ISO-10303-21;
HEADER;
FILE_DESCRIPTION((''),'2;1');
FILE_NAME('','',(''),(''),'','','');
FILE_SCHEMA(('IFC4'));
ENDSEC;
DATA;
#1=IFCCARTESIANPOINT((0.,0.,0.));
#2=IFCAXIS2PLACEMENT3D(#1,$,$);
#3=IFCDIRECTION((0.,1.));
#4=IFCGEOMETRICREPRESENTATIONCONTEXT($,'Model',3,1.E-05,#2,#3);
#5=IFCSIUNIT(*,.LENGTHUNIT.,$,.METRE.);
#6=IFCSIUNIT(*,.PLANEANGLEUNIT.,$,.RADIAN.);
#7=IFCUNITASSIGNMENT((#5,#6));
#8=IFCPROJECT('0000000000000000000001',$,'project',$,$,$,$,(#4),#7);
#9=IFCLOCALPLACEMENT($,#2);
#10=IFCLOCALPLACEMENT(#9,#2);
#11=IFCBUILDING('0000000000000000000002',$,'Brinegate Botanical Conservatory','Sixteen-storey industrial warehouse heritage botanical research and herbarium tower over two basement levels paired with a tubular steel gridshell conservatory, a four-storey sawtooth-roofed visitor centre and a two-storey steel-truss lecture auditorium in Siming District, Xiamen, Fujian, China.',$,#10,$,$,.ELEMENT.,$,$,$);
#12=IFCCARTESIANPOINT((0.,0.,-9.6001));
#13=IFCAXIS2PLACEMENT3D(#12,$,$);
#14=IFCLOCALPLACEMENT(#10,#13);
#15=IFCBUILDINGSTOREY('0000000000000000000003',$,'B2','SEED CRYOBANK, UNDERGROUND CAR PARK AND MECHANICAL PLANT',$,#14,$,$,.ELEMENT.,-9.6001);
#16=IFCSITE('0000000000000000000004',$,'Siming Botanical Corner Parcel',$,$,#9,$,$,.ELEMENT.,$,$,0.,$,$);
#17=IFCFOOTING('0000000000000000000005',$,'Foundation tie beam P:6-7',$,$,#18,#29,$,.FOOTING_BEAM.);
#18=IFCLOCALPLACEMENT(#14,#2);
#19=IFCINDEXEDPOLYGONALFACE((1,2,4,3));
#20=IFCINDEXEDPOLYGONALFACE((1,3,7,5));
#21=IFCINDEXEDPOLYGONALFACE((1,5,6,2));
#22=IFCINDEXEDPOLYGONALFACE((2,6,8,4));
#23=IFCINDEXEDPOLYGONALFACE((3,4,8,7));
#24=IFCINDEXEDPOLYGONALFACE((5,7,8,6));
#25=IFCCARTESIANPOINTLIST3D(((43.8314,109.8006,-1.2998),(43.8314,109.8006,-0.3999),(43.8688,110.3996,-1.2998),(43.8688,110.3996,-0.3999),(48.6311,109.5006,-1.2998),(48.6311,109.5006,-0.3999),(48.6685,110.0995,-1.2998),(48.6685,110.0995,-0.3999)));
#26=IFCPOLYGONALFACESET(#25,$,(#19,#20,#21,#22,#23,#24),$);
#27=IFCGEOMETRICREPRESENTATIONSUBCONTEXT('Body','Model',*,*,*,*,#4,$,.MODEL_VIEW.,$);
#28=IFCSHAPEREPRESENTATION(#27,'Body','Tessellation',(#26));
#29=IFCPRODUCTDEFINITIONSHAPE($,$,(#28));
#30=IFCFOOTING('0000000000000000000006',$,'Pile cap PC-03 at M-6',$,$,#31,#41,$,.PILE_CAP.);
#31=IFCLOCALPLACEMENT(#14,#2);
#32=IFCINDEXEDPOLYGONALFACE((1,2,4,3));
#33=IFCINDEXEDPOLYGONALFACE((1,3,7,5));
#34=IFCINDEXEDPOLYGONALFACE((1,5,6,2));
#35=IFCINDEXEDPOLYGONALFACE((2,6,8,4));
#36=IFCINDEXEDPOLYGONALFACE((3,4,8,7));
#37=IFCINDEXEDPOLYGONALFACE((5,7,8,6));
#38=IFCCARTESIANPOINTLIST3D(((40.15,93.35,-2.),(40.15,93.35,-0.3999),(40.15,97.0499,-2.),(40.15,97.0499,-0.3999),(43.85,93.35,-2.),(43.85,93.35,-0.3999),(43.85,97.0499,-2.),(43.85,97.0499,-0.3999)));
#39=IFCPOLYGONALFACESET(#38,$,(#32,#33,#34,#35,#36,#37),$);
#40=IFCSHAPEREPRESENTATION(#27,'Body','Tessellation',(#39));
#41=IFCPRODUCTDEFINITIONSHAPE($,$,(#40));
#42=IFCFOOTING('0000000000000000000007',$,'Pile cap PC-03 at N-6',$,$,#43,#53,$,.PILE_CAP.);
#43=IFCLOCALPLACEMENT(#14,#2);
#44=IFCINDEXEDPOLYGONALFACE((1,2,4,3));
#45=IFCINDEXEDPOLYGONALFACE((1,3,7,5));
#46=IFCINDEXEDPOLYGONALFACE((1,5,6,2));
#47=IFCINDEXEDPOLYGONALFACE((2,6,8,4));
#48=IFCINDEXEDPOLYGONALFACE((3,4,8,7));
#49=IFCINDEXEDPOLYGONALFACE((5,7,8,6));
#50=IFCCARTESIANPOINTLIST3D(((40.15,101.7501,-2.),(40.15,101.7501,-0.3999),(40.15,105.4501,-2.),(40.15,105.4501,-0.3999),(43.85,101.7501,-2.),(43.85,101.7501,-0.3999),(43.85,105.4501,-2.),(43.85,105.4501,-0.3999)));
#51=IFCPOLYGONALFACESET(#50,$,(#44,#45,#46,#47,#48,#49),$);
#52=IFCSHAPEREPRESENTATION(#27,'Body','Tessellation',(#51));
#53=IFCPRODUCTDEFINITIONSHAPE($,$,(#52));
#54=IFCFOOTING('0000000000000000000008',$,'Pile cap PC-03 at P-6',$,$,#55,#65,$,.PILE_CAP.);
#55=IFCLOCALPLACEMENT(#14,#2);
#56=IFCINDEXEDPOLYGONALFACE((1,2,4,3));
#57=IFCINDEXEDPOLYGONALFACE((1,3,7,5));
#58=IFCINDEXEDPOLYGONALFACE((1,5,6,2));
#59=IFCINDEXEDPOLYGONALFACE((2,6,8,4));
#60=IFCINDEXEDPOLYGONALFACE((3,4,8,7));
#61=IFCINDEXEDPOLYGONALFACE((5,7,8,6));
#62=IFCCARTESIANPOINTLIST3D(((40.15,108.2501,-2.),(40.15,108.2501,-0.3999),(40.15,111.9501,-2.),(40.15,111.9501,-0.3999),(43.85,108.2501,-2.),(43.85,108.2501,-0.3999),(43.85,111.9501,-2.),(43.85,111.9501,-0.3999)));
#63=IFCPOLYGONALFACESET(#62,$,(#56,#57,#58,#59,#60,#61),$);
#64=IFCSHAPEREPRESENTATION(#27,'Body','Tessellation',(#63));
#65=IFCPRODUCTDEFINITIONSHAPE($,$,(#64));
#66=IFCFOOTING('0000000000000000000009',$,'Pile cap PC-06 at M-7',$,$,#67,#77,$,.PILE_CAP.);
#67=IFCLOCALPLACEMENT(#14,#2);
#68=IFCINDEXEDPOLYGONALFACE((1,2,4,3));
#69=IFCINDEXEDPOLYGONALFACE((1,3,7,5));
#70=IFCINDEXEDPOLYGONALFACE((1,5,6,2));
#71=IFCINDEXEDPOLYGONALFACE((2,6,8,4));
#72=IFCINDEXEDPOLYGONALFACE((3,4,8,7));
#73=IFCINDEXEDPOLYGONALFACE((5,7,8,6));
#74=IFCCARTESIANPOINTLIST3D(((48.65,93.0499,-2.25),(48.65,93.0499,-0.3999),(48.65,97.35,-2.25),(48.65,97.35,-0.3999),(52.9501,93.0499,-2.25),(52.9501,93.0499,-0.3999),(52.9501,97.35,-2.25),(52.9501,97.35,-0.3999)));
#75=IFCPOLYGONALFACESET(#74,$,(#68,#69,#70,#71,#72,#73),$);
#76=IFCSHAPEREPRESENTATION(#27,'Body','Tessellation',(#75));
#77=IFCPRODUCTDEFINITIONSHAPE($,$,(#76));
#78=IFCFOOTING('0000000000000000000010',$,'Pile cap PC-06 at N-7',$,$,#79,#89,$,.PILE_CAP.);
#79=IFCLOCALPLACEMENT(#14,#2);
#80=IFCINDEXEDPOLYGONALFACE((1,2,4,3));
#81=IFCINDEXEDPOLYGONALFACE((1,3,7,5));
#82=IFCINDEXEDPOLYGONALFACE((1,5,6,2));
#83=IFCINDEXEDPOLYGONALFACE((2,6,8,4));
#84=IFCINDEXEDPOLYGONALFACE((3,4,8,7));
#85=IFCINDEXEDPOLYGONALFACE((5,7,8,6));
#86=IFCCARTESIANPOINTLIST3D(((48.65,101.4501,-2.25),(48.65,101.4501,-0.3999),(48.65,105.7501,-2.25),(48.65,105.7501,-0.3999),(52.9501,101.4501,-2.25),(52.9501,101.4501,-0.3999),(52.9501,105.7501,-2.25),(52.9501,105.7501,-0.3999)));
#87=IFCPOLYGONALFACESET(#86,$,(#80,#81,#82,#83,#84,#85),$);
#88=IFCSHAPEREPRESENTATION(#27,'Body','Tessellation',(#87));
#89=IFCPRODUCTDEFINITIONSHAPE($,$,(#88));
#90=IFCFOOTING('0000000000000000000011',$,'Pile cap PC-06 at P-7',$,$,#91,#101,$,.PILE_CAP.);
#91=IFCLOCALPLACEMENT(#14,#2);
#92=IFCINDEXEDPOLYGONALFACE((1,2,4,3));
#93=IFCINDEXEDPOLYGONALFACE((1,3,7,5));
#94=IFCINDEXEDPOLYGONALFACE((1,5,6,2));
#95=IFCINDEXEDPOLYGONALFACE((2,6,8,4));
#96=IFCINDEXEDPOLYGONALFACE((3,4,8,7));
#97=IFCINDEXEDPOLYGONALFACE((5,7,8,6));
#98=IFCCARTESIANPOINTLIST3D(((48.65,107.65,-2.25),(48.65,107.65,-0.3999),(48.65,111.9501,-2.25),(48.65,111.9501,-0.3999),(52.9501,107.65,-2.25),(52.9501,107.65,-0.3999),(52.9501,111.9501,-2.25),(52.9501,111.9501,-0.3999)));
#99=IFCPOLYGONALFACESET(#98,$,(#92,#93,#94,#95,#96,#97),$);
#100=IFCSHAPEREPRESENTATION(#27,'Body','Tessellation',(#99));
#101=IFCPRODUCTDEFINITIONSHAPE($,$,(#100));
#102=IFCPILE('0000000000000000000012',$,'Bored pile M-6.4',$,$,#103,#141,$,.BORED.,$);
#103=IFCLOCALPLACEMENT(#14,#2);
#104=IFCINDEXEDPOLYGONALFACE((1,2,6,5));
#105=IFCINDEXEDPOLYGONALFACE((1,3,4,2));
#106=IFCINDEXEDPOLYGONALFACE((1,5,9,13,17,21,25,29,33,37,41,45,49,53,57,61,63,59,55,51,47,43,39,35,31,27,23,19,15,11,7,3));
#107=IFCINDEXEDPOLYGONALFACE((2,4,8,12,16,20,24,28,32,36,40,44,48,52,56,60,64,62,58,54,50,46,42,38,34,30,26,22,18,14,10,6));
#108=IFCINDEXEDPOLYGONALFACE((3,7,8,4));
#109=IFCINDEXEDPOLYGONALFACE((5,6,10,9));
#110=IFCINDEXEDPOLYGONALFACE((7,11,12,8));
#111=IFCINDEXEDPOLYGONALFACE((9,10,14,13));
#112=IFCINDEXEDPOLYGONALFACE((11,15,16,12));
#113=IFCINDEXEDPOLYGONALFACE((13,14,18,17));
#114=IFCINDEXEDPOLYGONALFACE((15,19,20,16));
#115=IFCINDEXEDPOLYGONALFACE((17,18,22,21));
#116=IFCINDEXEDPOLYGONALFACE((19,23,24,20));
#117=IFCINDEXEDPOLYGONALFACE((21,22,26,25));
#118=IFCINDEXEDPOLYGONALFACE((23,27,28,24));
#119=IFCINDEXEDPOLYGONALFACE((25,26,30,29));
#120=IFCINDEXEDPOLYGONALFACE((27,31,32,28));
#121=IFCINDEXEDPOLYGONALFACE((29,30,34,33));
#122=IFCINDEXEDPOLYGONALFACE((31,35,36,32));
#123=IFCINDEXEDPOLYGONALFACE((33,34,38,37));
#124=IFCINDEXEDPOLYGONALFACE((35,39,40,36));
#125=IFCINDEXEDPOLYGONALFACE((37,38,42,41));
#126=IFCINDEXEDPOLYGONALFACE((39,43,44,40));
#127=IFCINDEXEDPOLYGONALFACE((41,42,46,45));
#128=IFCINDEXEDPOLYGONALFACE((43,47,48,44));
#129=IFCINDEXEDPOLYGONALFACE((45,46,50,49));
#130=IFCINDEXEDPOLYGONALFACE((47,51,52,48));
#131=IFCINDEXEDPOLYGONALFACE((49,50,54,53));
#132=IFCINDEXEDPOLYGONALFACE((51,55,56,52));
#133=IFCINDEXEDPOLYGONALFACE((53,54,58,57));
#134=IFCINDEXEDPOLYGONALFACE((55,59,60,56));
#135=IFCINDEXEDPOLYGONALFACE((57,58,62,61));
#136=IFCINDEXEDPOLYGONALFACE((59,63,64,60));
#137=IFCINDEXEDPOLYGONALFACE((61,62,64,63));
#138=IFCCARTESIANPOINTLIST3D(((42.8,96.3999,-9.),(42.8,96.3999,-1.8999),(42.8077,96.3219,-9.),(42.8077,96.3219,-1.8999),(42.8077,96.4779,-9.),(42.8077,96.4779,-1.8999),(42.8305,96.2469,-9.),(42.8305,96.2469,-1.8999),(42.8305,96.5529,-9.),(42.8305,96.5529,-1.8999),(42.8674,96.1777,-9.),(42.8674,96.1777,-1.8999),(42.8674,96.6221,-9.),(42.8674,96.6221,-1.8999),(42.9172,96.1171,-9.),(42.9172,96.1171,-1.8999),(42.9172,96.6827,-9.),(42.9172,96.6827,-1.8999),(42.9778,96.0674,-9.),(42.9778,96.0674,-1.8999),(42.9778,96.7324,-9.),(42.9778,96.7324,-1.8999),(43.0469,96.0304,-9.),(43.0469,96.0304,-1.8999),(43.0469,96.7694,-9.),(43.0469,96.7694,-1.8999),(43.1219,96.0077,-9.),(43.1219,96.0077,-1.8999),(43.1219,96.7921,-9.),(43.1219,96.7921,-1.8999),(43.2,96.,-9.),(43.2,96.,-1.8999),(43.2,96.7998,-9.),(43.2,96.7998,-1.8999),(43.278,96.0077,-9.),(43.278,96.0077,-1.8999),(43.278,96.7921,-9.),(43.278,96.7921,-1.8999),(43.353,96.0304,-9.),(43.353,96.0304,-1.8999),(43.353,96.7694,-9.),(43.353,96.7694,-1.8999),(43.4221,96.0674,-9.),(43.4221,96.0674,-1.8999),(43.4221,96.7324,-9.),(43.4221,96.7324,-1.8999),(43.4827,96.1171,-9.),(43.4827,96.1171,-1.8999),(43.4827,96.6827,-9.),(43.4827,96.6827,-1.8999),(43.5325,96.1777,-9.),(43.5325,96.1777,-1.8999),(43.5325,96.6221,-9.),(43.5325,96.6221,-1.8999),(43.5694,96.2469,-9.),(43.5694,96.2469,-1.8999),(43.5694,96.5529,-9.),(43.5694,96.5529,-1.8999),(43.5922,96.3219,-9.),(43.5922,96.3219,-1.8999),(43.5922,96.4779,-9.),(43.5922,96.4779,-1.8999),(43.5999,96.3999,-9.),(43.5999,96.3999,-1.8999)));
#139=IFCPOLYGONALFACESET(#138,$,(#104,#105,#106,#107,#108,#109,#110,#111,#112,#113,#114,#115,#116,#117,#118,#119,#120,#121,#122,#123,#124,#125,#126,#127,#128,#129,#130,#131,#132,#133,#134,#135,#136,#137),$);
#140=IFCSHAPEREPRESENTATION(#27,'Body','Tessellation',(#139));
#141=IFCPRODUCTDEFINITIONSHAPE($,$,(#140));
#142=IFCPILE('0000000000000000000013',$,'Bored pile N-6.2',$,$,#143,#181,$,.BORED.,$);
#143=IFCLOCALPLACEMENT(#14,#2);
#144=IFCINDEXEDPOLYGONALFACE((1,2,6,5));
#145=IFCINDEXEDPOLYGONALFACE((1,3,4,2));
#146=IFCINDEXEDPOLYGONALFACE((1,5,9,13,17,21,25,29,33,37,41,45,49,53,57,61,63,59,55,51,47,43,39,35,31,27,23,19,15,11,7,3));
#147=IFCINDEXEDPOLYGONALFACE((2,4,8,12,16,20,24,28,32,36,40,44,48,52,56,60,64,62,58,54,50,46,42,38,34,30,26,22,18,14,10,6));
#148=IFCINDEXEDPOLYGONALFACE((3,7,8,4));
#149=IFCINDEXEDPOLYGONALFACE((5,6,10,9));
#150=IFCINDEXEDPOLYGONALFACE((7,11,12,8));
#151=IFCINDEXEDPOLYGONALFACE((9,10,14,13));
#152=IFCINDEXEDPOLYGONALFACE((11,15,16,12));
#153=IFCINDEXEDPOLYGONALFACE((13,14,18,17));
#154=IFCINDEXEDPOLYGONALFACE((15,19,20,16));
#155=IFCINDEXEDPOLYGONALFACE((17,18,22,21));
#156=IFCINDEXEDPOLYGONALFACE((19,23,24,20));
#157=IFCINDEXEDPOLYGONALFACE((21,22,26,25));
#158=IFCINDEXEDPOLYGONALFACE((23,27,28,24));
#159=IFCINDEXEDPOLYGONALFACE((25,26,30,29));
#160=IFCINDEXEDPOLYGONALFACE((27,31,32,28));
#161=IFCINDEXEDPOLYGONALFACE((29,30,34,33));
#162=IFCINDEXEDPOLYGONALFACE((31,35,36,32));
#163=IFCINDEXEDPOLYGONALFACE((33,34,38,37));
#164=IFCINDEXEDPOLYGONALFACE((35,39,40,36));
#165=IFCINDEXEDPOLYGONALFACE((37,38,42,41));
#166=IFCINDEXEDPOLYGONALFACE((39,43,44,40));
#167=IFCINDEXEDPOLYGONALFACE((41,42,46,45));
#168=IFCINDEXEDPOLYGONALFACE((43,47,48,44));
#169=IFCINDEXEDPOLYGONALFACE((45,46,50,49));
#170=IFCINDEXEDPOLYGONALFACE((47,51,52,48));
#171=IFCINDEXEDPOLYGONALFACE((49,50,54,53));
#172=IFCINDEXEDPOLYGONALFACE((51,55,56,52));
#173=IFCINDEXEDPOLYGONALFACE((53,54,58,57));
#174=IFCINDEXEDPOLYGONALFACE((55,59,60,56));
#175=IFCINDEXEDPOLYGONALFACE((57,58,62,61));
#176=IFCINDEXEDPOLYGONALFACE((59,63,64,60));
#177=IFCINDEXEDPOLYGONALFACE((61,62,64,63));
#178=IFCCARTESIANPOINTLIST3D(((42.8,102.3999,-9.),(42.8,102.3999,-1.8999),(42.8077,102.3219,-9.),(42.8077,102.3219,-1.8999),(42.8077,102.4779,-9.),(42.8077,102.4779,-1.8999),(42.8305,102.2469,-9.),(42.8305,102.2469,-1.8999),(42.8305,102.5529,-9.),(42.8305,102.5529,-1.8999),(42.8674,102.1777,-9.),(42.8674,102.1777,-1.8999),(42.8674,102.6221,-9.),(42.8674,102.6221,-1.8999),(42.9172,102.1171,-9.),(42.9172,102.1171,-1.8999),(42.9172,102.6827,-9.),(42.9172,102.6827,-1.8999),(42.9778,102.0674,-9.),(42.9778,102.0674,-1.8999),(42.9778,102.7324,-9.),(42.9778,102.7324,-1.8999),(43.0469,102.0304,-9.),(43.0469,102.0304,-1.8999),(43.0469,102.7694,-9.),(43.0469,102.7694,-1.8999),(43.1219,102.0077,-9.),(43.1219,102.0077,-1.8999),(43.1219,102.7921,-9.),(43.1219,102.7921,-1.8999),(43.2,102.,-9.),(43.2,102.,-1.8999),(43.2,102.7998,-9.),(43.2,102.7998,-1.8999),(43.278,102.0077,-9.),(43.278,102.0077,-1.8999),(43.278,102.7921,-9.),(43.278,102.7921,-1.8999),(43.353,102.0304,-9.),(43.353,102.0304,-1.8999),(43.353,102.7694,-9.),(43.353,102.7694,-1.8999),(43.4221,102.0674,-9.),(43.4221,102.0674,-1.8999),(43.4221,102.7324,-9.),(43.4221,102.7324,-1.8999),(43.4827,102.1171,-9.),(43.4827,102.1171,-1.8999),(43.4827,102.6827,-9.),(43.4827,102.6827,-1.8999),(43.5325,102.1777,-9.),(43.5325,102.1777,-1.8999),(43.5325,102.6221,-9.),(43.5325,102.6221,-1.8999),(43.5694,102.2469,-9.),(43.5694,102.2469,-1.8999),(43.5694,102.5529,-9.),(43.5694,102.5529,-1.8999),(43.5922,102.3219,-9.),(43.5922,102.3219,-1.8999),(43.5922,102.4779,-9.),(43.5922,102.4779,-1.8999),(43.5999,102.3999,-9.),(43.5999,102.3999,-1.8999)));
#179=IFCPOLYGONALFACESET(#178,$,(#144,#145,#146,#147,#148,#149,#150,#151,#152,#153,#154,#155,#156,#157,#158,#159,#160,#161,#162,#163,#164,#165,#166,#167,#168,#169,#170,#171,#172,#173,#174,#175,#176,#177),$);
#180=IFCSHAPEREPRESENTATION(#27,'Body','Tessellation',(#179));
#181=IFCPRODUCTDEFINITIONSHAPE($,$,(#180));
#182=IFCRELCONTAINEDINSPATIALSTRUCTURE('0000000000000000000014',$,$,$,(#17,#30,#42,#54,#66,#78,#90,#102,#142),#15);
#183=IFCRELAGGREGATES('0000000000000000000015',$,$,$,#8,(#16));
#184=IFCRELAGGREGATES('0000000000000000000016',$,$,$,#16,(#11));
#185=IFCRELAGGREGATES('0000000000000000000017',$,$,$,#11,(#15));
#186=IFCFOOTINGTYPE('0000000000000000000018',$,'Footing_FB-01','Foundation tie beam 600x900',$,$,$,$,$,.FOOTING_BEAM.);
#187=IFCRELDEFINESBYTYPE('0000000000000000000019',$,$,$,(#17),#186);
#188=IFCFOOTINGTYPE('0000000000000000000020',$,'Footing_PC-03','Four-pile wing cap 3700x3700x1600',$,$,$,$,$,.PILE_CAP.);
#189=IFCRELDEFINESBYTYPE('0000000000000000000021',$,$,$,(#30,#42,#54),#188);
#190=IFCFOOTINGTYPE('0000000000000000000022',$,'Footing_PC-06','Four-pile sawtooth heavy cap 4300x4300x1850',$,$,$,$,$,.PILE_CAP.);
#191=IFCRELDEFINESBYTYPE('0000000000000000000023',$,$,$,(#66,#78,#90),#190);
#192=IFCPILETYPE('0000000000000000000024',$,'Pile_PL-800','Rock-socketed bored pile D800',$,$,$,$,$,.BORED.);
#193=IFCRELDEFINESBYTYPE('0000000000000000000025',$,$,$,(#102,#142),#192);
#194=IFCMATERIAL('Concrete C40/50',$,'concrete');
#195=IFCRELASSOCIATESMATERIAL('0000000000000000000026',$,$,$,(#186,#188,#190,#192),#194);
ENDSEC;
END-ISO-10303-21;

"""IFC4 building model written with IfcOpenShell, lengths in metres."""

from ifc_helpers import new_model, si_unit, direction, frame, origin, origin_2d, place, context, subcontext, project, spatial, rectangle, circle, extrude, material, material_profile, profile_set, type_object, element, save


model = new_model("IFC4")

# Units and contexts
model_context = context("Model", 3, precision=1e-05, world=origin(), true_north=direction((0.0, 1.0)))
body_context = subcontext(model_context, "Body", "Model", "MODEL_VIEW")
ifc_project = project(units=[si_unit("LENGTHUNIT", "METRE"), si_unit("PLANEANGLEUNIT", "RADIAN")], contexts=[model_context])

# Site, building, storey
site_placement = place(None, origin())
site = spatial("IfcSite", under=ifc_project, at=site_placement, Name="Siming Botanical Corner Parcel", CompositionType="ELEMENT", RefElevation=0.0)
building_placement = place(site_placement, origin())
building = spatial("IfcBuilding", under=site, at=building_placement, Name="Brinegate Botanical Conservatory", Description="Sixteen-storey industrial warehouse heritage botanical research and herbarium tower over two basement levels paired with a tubular steel gridshell conservatory, a four-storey sawtooth-roofed visitor centre and a two-storey steel-truss lecture auditorium in Siming District, Xiamen, Fujian, China.", CompositionType="ELEMENT")
storey_placement = place(building_placement, frame((0.0, 0.0, -9.6001)))
storey = spatial("IfcBuildingStorey", under=building, at=storey_placement, Name="B2", Description="SEED CRYOBANK, UNDERGROUND CAR PARK AND MECHANICAL PLANT", CompositionType="ELEMENT", Elevation=-9.6001)

# Footings
ifc_material = material(Name="Concrete C40/50", Category="concrete")
ifc_material_profile_1 = material_profile(ifc_material, rectangle(XDim=0.6001, YDim=0.8999, at=origin_2d()), Name="RC GB 600x900")
ifc_profile_set_1 = profile_set([ifc_material_profile_1], Name="Concrete C40/50")
footing_type_1 = type_object("IfcFootingType", Name="Footing_FB-01", Description="Foundation tie beam 600x900", PredefinedType="FOOTING_BEAM", material=ifc_profile_set_1)
footing_placement = place(storey_placement, frame((43.8501, 110.1001, -0.8499), z_axis=(0.998052, -0.062391, 0.0), x_axis=(0.062391, 0.998052, 0.0)))
element("IfcFooting", 1, at=footing_placement, inside=storey, type_object=footing_type_1, Name="Foundation tie beam P:6-7", PredefinedType="FOOTING_BEAM", context=body_context, shape_type="SweptSolid", body=[
    extrude(rectangle(XDim=0.6001, YDim=0.8999, at=origin_2d()), origin(), (0.0, 0.0, 1.0), 4.8091),
])
footing_type_2 = type_object("IfcFootingType", Name="Footing_PC-03", Description="Four-pile wing cap 3700x3700x1600", PredefinedType="PILE_CAP", material=ifc_material)
for number, where, z_axis, x_axis, name in (
    (2, (42.0, 95.2, -2.0), (0.0, 0.0, 1.0), (1.0, 0.0, 0.0), "Pile cap PC-03 at M-6"),
    (3, (42.0, 103.6001, -2.0), (0.0, 0.0, 1.0), (1.0, 0.0, 0.0), "Pile cap PC-03 at N-6"),
    (4, (42.0, 110.1001, -2.0), (0.0, 0.0, 1.0), (1.0, 0.0, 0.0), "Pile cap PC-03 at P-6"),
):
    element("IfcFooting", number, at=place(storey_placement, frame(where, z_axis=z_axis, x_axis=x_axis)), inside=storey, type_object=footing_type_2, Name=name, PredefinedType="PILE_CAP", context=body_context, shape_type="SweptSolid", body=[
        extrude(rectangle(XDim=3.7, YDim=3.7, at=origin_2d()), origin(), (0.0, 0.0, 1.0), 1.6001),
    ])
footing_type_3 = type_object("IfcFootingType", Name="Footing_PC-06", Description="Four-pile sawtooth heavy cap 4300x4300x1850", PredefinedType="PILE_CAP", material=ifc_material)
for number, where, z_axis, x_axis, name in (
    (5, (50.8, 95.2, -2.25), (0.0, 0.0, 1.0), (1.0, 0.0, 0.0), "Pile cap PC-06 at M-7"),
    (6, (50.8, 103.6001, -2.25), (0.0, 0.0, 1.0), (1.0, 0.0, 0.0), "Pile cap PC-06 at N-7"),
    (7, (50.8, 109.8, -2.25), (0.0, 0.0, 1.0), (1.0, 0.0, 0.0), "Pile cap PC-06 at P-7"),
):
    element("IfcFooting", number, at=place(storey_placement, frame(where, z_axis=z_axis, x_axis=x_axis)), inside=storey, type_object=footing_type_3, Name=name, PredefinedType="PILE_CAP", context=body_context, shape_type="SweptSolid", body=[
        extrude(rectangle(XDim=4.3, YDim=4.3, at=origin_2d()), origin(), (0.0, 0.0, 1.0), 1.8501),
    ])

# Piles
ifc_material_profile_2 = material_profile(ifc_material, circle(Radius=0.3999, at=origin_2d()), Name="PILE D800")
ifc_profile_set_2 = profile_set([ifc_material_profile_2], Name="Concrete C40/50")
pile_type = type_object("IfcPileType", Name="Pile_PL-800", Description="Rock-socketed bored pile D800", PredefinedType="BORED", material=ifc_profile_set_2)
for number, where, z_axis, x_axis, name in (
    (8, (43.2, 96.3999, -1.8999), (0.0, 0.0, -1.0), (1.0, 0.0, 0.0), "Bored pile M-6.4"),
    (9, (43.2, 102.3999, -1.8999), (0.0, 0.0, -1.0), (1.0, 0.0, 0.0), "Bored pile N-6.2"),
):
    element("IfcPile", number, at=place(storey_placement, frame(where, z_axis=z_axis, x_axis=x_axis)), inside=storey, type_object=pile_type, Name=name, PredefinedType="BORED", context=body_context, shape_type="SweptSolid", body=[
        extrude(circle(Radius=0.3999, at=origin_2d()), origin(), (0.0, 0.0, 1.0), 7.1001),
    ])

save(model, "model.ifc")
